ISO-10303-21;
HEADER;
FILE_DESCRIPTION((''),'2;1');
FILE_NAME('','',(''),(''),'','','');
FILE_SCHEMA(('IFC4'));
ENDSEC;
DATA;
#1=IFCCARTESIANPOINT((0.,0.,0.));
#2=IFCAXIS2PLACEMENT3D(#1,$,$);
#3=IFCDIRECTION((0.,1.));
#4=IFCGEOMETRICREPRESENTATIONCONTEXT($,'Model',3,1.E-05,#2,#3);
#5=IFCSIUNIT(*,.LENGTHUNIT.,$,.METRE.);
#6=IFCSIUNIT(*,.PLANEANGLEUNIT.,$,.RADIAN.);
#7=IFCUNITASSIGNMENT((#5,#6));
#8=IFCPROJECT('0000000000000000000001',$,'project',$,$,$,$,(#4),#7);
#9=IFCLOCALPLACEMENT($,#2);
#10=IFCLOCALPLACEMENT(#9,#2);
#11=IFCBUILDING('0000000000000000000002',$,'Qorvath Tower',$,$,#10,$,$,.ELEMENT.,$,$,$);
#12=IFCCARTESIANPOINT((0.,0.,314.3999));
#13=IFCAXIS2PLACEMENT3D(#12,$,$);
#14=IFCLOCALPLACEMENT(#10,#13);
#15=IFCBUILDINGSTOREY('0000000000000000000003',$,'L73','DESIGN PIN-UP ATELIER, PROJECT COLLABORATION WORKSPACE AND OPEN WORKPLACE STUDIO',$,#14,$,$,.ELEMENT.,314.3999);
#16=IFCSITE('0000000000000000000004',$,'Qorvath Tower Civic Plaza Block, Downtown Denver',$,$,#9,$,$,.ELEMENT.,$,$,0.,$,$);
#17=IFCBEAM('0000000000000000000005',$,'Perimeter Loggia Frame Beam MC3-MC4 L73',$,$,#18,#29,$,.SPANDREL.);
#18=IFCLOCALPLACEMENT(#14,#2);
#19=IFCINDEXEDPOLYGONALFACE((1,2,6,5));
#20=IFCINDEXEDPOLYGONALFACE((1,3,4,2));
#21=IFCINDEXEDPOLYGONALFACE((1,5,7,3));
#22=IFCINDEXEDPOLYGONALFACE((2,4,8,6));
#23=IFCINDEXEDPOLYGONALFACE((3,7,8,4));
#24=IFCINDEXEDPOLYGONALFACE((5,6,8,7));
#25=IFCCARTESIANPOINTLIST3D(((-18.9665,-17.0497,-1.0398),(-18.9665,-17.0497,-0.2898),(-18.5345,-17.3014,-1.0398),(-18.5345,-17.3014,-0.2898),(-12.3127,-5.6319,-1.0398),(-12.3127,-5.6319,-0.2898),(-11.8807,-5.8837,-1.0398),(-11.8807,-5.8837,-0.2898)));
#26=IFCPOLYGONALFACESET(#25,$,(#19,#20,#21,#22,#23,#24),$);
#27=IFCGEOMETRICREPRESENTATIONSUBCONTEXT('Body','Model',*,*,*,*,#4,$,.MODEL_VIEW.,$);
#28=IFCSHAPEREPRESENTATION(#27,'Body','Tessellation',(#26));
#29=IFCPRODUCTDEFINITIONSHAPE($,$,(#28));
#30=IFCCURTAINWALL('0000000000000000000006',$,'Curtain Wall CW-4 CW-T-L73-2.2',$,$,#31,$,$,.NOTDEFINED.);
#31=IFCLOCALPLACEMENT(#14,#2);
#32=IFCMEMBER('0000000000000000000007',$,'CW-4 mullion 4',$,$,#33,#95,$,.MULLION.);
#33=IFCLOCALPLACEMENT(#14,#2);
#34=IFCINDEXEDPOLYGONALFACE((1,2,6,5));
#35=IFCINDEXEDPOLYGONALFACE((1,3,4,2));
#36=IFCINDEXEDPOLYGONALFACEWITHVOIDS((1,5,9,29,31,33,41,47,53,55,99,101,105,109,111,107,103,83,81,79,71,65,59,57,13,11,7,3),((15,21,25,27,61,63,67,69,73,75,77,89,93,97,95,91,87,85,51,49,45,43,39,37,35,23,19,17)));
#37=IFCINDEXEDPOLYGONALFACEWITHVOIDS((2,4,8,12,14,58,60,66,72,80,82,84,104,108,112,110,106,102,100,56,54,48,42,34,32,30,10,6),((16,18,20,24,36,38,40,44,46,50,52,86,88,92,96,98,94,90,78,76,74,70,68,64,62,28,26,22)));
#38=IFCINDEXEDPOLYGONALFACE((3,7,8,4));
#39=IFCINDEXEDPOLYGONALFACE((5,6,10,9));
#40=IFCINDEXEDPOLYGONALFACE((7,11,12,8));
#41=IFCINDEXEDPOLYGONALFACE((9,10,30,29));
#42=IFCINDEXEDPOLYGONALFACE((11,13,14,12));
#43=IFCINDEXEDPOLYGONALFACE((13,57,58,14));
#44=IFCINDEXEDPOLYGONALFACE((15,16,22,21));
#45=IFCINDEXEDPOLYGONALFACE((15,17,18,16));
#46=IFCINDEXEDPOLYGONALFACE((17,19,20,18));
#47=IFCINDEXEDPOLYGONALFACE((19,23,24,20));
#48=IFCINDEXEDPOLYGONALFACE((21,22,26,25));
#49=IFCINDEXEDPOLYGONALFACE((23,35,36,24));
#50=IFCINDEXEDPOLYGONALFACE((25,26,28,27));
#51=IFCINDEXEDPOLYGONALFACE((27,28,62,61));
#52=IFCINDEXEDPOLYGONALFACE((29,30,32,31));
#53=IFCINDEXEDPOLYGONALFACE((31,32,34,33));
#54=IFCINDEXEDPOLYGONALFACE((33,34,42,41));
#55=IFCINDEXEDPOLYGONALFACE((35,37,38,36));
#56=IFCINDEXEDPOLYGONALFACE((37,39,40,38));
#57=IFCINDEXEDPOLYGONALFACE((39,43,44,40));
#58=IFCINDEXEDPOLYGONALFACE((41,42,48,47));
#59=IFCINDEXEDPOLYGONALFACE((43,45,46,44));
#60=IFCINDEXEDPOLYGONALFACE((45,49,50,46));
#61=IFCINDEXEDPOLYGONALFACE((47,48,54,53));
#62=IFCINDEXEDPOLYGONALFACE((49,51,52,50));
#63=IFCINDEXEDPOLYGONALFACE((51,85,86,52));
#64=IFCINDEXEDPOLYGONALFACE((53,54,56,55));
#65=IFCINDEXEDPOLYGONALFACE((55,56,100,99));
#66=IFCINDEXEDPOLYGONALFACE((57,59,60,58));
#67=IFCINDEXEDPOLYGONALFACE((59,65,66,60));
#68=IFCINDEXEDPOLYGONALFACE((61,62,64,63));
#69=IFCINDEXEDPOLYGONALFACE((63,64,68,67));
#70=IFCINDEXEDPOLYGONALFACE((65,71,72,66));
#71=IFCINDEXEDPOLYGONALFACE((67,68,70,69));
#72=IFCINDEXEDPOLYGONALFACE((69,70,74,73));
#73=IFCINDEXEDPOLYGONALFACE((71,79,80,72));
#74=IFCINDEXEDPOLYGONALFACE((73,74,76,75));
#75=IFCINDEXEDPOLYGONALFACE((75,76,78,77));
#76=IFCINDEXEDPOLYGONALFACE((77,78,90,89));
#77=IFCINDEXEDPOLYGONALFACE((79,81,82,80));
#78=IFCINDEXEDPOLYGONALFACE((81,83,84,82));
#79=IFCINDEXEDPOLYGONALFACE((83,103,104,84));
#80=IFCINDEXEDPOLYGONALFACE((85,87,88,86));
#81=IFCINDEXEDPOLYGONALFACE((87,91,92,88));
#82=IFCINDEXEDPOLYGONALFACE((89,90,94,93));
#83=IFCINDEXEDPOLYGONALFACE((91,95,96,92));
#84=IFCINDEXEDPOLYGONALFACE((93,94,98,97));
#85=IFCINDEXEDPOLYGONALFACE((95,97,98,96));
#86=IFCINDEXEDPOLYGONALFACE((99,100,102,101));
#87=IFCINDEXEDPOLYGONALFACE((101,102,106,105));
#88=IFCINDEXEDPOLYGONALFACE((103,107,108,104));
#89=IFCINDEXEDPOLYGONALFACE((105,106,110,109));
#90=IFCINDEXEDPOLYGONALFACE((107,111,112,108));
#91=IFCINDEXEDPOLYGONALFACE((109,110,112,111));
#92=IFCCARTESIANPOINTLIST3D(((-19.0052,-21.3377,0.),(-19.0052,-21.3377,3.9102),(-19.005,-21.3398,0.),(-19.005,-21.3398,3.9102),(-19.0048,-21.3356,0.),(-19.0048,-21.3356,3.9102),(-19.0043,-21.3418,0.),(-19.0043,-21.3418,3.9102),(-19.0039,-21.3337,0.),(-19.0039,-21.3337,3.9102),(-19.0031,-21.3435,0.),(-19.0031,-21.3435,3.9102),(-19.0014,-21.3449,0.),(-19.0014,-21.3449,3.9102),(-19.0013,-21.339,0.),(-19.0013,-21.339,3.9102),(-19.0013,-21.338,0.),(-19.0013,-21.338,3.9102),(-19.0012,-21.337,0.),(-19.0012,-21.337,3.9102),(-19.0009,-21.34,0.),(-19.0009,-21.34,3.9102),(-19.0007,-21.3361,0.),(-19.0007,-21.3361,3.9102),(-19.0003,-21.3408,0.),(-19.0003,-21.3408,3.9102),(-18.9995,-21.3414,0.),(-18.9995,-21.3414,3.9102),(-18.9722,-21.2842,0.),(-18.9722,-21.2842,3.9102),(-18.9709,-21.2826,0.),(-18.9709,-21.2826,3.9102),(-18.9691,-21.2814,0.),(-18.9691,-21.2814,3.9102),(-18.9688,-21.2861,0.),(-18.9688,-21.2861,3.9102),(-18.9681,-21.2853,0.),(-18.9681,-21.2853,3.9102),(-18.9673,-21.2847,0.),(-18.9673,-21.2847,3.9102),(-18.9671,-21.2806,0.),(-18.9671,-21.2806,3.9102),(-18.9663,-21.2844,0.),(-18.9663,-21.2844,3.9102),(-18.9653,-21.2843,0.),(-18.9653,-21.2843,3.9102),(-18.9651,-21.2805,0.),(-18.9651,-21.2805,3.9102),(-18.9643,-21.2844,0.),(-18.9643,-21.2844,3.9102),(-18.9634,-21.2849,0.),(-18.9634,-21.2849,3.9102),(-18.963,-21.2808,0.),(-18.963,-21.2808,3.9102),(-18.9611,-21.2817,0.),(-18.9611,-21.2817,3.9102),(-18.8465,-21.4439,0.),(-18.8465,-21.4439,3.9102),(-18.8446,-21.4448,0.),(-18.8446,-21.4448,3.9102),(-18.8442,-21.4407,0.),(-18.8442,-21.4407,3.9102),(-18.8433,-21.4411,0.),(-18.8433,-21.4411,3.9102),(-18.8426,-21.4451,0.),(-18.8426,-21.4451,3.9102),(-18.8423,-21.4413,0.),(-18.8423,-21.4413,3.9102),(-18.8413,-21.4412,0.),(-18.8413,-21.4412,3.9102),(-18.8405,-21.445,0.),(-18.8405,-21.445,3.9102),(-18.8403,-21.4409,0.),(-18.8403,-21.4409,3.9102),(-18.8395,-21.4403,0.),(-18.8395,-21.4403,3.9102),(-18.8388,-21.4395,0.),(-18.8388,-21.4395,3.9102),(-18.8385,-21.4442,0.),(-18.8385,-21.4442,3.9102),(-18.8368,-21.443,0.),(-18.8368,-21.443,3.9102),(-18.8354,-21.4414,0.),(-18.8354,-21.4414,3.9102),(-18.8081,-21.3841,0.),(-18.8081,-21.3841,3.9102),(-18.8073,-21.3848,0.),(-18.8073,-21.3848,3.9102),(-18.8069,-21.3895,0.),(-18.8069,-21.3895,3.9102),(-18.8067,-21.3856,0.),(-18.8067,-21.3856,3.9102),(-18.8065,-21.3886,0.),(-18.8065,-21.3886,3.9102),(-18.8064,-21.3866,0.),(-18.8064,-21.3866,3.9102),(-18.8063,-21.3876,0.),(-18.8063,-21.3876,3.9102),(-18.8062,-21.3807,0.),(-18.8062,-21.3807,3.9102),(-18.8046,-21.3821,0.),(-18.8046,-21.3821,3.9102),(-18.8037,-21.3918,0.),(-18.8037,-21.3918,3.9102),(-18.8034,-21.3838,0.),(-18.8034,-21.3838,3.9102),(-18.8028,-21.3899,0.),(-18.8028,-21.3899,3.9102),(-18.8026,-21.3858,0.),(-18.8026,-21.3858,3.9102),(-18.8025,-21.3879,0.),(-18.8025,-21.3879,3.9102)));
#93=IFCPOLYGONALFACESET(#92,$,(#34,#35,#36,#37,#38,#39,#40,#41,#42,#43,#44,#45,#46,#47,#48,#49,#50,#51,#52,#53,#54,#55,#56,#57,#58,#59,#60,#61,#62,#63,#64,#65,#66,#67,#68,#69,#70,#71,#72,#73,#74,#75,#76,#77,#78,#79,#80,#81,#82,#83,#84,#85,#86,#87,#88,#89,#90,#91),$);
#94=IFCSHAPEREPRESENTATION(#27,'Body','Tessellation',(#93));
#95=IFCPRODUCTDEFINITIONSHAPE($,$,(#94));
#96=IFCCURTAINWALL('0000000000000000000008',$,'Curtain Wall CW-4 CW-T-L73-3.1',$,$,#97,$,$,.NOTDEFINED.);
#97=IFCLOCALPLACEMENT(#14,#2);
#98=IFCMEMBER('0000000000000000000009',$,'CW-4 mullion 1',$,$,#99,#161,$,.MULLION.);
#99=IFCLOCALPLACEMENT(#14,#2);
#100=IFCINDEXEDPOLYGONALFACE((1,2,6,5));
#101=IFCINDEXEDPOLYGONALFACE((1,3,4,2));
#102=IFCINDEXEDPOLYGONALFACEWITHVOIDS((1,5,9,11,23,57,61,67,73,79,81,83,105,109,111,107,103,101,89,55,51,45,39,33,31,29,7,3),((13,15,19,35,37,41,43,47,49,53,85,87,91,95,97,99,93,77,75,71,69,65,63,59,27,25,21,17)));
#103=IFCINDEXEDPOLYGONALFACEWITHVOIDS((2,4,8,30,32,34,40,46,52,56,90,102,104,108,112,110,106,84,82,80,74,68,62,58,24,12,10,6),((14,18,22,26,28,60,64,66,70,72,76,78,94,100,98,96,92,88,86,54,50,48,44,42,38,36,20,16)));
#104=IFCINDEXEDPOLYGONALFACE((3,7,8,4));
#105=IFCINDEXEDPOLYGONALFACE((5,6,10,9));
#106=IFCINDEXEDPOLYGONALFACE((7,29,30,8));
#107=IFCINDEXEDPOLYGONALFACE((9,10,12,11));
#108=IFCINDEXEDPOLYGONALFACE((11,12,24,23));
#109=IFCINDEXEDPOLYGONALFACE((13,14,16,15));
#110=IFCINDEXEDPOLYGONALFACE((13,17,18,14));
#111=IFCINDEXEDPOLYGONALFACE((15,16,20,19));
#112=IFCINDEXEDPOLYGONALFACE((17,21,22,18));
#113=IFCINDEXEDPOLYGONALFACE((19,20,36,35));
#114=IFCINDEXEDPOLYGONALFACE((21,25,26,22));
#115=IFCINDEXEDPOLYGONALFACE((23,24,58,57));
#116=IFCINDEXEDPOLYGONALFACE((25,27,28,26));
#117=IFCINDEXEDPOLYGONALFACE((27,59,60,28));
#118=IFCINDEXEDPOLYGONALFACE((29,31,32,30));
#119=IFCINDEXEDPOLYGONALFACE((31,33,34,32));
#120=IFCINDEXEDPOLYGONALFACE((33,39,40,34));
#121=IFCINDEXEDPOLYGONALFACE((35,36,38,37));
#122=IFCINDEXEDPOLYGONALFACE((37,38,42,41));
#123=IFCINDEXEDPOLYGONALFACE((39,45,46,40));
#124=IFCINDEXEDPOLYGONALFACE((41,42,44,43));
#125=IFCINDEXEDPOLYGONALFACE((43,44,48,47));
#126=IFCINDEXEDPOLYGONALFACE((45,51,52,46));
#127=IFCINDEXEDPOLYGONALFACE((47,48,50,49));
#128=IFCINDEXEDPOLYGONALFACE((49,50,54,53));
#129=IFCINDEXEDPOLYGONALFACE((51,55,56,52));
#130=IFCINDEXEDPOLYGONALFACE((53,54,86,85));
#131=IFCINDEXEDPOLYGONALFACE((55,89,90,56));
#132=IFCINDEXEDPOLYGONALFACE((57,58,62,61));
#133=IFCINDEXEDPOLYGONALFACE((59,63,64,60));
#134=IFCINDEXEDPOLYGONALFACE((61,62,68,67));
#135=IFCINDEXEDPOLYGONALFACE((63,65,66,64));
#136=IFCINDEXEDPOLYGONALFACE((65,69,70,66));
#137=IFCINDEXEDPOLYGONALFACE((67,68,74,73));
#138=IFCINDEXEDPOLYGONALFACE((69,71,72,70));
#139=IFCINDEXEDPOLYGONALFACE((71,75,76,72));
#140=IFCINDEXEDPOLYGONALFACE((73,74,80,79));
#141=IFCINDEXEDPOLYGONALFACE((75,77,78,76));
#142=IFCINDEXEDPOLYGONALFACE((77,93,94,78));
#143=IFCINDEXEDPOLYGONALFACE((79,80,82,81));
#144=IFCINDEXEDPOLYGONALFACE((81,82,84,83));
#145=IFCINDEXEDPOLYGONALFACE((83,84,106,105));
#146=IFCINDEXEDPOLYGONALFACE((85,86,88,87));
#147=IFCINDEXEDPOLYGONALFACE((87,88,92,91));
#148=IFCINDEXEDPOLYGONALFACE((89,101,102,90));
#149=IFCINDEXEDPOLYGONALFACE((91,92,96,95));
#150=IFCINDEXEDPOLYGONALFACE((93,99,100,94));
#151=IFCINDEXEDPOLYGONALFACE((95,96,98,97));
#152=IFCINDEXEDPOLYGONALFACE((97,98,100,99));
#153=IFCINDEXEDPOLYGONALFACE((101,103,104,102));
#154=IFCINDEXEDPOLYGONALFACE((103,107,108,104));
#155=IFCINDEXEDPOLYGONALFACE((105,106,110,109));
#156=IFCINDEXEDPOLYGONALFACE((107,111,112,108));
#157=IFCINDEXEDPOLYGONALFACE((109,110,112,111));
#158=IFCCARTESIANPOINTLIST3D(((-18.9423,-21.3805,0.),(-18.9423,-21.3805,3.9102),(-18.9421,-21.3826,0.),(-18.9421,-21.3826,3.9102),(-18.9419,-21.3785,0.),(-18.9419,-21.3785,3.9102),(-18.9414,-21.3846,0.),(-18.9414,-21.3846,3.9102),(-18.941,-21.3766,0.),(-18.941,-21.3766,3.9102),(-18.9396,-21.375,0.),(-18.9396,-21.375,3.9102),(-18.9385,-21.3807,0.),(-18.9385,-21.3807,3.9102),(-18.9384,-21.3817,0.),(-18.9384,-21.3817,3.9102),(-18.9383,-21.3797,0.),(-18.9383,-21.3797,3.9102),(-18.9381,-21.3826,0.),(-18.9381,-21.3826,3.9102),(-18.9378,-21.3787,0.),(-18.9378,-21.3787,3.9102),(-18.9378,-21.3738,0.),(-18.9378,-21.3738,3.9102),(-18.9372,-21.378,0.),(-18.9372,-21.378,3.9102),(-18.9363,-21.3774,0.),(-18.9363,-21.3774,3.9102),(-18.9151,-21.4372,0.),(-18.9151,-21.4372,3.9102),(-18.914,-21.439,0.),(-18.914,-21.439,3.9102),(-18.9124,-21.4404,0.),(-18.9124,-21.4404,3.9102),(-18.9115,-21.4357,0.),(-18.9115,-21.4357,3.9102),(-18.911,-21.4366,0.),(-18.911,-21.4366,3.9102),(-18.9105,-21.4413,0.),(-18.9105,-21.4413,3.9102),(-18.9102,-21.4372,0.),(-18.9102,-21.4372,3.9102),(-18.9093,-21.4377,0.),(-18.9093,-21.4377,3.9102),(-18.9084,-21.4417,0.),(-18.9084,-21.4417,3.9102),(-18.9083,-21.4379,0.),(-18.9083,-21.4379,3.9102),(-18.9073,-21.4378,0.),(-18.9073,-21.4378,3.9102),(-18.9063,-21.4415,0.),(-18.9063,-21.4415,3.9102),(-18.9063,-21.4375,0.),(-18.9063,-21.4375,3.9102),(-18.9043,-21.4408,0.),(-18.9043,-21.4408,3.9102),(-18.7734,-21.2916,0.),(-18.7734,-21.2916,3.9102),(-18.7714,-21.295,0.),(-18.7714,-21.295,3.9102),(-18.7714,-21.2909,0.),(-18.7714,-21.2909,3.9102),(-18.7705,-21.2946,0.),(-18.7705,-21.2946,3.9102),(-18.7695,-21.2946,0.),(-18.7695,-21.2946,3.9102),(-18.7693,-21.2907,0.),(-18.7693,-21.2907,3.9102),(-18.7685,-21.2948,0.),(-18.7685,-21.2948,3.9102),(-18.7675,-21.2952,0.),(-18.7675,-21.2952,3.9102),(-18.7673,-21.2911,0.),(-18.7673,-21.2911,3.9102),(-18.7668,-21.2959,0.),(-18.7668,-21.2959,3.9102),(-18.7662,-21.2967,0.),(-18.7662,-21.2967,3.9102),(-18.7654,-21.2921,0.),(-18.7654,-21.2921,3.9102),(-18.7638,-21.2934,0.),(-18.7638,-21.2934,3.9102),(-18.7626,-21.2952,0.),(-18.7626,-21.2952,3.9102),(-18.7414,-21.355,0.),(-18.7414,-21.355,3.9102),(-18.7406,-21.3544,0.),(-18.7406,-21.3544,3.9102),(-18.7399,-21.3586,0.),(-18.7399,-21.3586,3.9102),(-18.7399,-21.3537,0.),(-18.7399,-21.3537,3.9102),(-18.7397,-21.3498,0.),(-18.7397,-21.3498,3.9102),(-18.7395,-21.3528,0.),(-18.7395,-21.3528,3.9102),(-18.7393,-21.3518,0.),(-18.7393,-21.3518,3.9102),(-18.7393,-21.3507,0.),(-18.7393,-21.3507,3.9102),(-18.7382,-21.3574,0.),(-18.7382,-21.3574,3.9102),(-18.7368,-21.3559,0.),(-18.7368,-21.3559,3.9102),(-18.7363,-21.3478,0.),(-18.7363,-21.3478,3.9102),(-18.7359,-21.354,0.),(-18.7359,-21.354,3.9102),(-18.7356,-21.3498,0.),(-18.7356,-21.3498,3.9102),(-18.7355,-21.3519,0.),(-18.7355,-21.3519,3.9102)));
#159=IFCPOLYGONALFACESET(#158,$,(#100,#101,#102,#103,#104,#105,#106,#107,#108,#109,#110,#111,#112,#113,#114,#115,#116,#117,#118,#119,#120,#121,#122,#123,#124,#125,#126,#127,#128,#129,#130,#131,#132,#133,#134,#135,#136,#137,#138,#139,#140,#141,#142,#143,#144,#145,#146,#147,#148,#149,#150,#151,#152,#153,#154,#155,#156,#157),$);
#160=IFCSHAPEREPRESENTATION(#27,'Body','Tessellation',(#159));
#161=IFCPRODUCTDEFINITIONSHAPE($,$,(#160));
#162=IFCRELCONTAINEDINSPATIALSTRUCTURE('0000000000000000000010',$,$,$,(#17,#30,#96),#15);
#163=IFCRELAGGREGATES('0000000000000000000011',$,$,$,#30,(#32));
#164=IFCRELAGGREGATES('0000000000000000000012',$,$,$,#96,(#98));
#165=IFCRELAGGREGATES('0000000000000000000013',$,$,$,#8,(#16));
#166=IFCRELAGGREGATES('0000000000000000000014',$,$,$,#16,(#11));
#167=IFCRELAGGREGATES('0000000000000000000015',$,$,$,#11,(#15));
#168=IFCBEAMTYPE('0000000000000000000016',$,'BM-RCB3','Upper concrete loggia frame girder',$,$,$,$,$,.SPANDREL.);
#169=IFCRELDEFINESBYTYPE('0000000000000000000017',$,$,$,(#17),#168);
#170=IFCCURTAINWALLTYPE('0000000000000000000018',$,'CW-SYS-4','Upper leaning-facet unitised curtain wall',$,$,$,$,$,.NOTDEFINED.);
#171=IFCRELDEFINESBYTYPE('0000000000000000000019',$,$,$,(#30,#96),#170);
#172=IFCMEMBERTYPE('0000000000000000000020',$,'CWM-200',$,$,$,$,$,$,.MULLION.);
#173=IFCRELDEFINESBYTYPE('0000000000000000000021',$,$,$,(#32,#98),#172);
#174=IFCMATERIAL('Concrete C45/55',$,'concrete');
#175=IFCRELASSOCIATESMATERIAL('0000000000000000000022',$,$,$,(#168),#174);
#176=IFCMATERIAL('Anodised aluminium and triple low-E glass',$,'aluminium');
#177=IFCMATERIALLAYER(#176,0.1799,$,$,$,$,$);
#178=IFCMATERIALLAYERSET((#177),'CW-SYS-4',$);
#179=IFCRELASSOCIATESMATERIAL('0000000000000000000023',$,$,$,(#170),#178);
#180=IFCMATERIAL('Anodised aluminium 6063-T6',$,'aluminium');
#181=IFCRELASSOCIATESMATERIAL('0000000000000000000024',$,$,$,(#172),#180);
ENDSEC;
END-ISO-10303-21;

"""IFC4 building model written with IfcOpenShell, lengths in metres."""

from ifc_helpers import new_model, si_unit, direction, frame, origin, origin_2d, place, context, subcontext, project, spatial, rectangle, hollow_rectangle, extrude, material, layer, layer_set, material_profile, profile_set, type_object, element, aggregate, save


model = new_model("IFC4")

# Units and contexts
model_context = context("Model", 3, precision=1e-05, world=origin(), true_north=direction((0.0, 1.0)))
body_context = subcontext(model_context, "Body", "Model", "MODEL_VIEW")
ifc_project = project(units=[si_unit("LENGTHUNIT", "METRE"), si_unit("PLANEANGLEUNIT", "RADIAN")], contexts=[model_context])

# Site, building, storey
site_placement = place(None, origin())
site = spatial("IfcSite", under=ifc_project, at=site_placement, Name="Qorvath Tower Civic Plaza Block, Downtown Denver", CompositionType="ELEMENT", RefElevation=0.0)
building_placement = place(site_placement, origin())
building = spatial("IfcBuilding", under=site, at=building_placement, Name="Qorvath Tower", CompositionType="ELEMENT")
storey_placement = place(building_placement, frame((0.0, 0.0, 314.3999)))
storey = spatial("IfcBuildingStorey", under=building, at=storey_placement, Name="L73", Description="DESIGN PIN-UP ATELIER, PROJECT COLLABORATION WORKSPACE AND OPEN WORKPLACE STUDIO", CompositionType="ELEMENT", Elevation=314.3999)

# Beam
ifc_material_1 = material(Name="Concrete C45/55", Category="concrete")
ifc_material_profile_1 = material_profile(ifc_material_1, rectangle(XDim=0.5, YDim=0.75, at=origin_2d()), Name="RCB 750x500")
ifc_profile_set_1 = profile_set([ifc_material_profile_1], Name="Concrete C45/55")
beam_type_1 = type_object("IfcBeamType", Name="BM-RCB3", Description="Upper concrete loggia frame girder", PredefinedType="SPANDREL", material=ifc_profile_set_1)
beam_1_placement = place(storey_placement, frame((-18.7505, -17.1755, -0.6648), z_axis=(0.503502, 0.863994, 0.0), x_axis=(-0.863994, 0.503502, 0.0)))
element("IfcBeam", 1, at=beam_1_placement, inside=storey, type_object=beam_type_1, Name="Perimeter Loggia Frame Beam MC3-MC4 L73", PredefinedType="SPANDREL", context=body_context, shape_type="SweptSolid", body=[
    extrude(rectangle(XDim=0.5, YDim=0.75, at=origin_2d()), origin(), (0.0, 0.0, 1.0), 13.2151),
])

# Curtain wall, member
ifc_material_2 = material(Name="Anodised aluminium and triple low-E glass", Category="aluminium")
ifc_layer_1 = layer(ifc_material_2, 0.1799)
ifc_layer_set_1 = layer_set([ifc_layer_1], Name="CW-SYS-4")
curtain_wall_type = type_object("IfcCurtainWallType", Name="CW-SYS-4", Description="Upper leaning-facet unitised curtain wall", PredefinedType="NOTDEFINED", material=ifc_layer_set_1)
curtain_wall_1_placement = place(storey_placement, origin())
curtain_wall_1 = element("IfcCurtainWall", 2, at=curtain_wall_1_placement, inside=storey, type_object=curtain_wall_type, Name="Curtain Wall CW-4 CW-T-L73-2.2", PredefinedType="NOTDEFINED")
ifc_material_3 = material(Name="Anodised aluminium 6063-T6", Category="aluminium")
ifc_material_profile_2 = material_profile(ifc_material_3, hollow_rectangle(XDim=0.075, YDim=0.2, WallThickness=0.0039, InnerFilletRadius=0.0039, OuterFilletRadius=0.0081, at=origin_2d()), Name="CWM 200x75")
ifc_profile_set_2 = profile_set([ifc_material_profile_2], Name="Anodised aluminium 6063-T6")
member_type_1 = type_object("IfcMemberType", Name="CWM-200", PredefinedType="MULLION", material=ifc_profile_set_2)
member_1_placement = place(storey_placement, frame((-18.9038, -21.3628, 0.0), z_axis=(0.0, 0.0, 1.0), x_axis=(0.538536, 0.842602, 0.0)))
member_1 = element("IfcMember", 3, at=member_1_placement, type_object=member_type_1, Name="CW-4 mullion 4", PredefinedType="MULLION", context=body_context, shape_type="SweptSolid", body=[
    extrude(hollow_rectangle(XDim=0.075, YDim=0.2, WallThickness=0.0039, InnerFilletRadius=0.0039, OuterFilletRadius=0.0081, at=origin_2d()), origin(), (0.0, 0.0, 1.0), 3.9102),
])

# Curtain wall, member
curtain_wall_2_placement = place(storey_placement, origin())
curtain_wall_2 = element("IfcCurtainWall", 4, at=curtain_wall_2_placement, inside=storey, type_object=curtain_wall_type, Name="Curtain Wall CW-4 CW-T-L73-3.1", PredefinedType="NOTDEFINED")
member_2_placement = place(storey_placement, frame((-18.8389, -21.3662, 0.0), z_axis=(0.0, 0.0, 1.0), x_axis=(-0.447225, 0.894421, 0.0)))
member_2 = element("IfcMember", 5, at=member_2_placement, type_object=member_type_1, Name="CW-4 mullion 1", PredefinedType="MULLION", context=body_context, shape_type="SweptSolid", body=[
    extrude(hollow_rectangle(XDim=0.075, YDim=0.2, WallThickness=0.0039, InnerFilletRadius=0.0039, OuterFilletRadius=0.0081, at=origin_2d()), origin(), (0.0, 0.0, 1.0), 3.9102),
])

aggregate(curtain_wall_1, [member_1])
aggregate(curtain_wall_2, [member_2])

save(model, "model.ifc")
